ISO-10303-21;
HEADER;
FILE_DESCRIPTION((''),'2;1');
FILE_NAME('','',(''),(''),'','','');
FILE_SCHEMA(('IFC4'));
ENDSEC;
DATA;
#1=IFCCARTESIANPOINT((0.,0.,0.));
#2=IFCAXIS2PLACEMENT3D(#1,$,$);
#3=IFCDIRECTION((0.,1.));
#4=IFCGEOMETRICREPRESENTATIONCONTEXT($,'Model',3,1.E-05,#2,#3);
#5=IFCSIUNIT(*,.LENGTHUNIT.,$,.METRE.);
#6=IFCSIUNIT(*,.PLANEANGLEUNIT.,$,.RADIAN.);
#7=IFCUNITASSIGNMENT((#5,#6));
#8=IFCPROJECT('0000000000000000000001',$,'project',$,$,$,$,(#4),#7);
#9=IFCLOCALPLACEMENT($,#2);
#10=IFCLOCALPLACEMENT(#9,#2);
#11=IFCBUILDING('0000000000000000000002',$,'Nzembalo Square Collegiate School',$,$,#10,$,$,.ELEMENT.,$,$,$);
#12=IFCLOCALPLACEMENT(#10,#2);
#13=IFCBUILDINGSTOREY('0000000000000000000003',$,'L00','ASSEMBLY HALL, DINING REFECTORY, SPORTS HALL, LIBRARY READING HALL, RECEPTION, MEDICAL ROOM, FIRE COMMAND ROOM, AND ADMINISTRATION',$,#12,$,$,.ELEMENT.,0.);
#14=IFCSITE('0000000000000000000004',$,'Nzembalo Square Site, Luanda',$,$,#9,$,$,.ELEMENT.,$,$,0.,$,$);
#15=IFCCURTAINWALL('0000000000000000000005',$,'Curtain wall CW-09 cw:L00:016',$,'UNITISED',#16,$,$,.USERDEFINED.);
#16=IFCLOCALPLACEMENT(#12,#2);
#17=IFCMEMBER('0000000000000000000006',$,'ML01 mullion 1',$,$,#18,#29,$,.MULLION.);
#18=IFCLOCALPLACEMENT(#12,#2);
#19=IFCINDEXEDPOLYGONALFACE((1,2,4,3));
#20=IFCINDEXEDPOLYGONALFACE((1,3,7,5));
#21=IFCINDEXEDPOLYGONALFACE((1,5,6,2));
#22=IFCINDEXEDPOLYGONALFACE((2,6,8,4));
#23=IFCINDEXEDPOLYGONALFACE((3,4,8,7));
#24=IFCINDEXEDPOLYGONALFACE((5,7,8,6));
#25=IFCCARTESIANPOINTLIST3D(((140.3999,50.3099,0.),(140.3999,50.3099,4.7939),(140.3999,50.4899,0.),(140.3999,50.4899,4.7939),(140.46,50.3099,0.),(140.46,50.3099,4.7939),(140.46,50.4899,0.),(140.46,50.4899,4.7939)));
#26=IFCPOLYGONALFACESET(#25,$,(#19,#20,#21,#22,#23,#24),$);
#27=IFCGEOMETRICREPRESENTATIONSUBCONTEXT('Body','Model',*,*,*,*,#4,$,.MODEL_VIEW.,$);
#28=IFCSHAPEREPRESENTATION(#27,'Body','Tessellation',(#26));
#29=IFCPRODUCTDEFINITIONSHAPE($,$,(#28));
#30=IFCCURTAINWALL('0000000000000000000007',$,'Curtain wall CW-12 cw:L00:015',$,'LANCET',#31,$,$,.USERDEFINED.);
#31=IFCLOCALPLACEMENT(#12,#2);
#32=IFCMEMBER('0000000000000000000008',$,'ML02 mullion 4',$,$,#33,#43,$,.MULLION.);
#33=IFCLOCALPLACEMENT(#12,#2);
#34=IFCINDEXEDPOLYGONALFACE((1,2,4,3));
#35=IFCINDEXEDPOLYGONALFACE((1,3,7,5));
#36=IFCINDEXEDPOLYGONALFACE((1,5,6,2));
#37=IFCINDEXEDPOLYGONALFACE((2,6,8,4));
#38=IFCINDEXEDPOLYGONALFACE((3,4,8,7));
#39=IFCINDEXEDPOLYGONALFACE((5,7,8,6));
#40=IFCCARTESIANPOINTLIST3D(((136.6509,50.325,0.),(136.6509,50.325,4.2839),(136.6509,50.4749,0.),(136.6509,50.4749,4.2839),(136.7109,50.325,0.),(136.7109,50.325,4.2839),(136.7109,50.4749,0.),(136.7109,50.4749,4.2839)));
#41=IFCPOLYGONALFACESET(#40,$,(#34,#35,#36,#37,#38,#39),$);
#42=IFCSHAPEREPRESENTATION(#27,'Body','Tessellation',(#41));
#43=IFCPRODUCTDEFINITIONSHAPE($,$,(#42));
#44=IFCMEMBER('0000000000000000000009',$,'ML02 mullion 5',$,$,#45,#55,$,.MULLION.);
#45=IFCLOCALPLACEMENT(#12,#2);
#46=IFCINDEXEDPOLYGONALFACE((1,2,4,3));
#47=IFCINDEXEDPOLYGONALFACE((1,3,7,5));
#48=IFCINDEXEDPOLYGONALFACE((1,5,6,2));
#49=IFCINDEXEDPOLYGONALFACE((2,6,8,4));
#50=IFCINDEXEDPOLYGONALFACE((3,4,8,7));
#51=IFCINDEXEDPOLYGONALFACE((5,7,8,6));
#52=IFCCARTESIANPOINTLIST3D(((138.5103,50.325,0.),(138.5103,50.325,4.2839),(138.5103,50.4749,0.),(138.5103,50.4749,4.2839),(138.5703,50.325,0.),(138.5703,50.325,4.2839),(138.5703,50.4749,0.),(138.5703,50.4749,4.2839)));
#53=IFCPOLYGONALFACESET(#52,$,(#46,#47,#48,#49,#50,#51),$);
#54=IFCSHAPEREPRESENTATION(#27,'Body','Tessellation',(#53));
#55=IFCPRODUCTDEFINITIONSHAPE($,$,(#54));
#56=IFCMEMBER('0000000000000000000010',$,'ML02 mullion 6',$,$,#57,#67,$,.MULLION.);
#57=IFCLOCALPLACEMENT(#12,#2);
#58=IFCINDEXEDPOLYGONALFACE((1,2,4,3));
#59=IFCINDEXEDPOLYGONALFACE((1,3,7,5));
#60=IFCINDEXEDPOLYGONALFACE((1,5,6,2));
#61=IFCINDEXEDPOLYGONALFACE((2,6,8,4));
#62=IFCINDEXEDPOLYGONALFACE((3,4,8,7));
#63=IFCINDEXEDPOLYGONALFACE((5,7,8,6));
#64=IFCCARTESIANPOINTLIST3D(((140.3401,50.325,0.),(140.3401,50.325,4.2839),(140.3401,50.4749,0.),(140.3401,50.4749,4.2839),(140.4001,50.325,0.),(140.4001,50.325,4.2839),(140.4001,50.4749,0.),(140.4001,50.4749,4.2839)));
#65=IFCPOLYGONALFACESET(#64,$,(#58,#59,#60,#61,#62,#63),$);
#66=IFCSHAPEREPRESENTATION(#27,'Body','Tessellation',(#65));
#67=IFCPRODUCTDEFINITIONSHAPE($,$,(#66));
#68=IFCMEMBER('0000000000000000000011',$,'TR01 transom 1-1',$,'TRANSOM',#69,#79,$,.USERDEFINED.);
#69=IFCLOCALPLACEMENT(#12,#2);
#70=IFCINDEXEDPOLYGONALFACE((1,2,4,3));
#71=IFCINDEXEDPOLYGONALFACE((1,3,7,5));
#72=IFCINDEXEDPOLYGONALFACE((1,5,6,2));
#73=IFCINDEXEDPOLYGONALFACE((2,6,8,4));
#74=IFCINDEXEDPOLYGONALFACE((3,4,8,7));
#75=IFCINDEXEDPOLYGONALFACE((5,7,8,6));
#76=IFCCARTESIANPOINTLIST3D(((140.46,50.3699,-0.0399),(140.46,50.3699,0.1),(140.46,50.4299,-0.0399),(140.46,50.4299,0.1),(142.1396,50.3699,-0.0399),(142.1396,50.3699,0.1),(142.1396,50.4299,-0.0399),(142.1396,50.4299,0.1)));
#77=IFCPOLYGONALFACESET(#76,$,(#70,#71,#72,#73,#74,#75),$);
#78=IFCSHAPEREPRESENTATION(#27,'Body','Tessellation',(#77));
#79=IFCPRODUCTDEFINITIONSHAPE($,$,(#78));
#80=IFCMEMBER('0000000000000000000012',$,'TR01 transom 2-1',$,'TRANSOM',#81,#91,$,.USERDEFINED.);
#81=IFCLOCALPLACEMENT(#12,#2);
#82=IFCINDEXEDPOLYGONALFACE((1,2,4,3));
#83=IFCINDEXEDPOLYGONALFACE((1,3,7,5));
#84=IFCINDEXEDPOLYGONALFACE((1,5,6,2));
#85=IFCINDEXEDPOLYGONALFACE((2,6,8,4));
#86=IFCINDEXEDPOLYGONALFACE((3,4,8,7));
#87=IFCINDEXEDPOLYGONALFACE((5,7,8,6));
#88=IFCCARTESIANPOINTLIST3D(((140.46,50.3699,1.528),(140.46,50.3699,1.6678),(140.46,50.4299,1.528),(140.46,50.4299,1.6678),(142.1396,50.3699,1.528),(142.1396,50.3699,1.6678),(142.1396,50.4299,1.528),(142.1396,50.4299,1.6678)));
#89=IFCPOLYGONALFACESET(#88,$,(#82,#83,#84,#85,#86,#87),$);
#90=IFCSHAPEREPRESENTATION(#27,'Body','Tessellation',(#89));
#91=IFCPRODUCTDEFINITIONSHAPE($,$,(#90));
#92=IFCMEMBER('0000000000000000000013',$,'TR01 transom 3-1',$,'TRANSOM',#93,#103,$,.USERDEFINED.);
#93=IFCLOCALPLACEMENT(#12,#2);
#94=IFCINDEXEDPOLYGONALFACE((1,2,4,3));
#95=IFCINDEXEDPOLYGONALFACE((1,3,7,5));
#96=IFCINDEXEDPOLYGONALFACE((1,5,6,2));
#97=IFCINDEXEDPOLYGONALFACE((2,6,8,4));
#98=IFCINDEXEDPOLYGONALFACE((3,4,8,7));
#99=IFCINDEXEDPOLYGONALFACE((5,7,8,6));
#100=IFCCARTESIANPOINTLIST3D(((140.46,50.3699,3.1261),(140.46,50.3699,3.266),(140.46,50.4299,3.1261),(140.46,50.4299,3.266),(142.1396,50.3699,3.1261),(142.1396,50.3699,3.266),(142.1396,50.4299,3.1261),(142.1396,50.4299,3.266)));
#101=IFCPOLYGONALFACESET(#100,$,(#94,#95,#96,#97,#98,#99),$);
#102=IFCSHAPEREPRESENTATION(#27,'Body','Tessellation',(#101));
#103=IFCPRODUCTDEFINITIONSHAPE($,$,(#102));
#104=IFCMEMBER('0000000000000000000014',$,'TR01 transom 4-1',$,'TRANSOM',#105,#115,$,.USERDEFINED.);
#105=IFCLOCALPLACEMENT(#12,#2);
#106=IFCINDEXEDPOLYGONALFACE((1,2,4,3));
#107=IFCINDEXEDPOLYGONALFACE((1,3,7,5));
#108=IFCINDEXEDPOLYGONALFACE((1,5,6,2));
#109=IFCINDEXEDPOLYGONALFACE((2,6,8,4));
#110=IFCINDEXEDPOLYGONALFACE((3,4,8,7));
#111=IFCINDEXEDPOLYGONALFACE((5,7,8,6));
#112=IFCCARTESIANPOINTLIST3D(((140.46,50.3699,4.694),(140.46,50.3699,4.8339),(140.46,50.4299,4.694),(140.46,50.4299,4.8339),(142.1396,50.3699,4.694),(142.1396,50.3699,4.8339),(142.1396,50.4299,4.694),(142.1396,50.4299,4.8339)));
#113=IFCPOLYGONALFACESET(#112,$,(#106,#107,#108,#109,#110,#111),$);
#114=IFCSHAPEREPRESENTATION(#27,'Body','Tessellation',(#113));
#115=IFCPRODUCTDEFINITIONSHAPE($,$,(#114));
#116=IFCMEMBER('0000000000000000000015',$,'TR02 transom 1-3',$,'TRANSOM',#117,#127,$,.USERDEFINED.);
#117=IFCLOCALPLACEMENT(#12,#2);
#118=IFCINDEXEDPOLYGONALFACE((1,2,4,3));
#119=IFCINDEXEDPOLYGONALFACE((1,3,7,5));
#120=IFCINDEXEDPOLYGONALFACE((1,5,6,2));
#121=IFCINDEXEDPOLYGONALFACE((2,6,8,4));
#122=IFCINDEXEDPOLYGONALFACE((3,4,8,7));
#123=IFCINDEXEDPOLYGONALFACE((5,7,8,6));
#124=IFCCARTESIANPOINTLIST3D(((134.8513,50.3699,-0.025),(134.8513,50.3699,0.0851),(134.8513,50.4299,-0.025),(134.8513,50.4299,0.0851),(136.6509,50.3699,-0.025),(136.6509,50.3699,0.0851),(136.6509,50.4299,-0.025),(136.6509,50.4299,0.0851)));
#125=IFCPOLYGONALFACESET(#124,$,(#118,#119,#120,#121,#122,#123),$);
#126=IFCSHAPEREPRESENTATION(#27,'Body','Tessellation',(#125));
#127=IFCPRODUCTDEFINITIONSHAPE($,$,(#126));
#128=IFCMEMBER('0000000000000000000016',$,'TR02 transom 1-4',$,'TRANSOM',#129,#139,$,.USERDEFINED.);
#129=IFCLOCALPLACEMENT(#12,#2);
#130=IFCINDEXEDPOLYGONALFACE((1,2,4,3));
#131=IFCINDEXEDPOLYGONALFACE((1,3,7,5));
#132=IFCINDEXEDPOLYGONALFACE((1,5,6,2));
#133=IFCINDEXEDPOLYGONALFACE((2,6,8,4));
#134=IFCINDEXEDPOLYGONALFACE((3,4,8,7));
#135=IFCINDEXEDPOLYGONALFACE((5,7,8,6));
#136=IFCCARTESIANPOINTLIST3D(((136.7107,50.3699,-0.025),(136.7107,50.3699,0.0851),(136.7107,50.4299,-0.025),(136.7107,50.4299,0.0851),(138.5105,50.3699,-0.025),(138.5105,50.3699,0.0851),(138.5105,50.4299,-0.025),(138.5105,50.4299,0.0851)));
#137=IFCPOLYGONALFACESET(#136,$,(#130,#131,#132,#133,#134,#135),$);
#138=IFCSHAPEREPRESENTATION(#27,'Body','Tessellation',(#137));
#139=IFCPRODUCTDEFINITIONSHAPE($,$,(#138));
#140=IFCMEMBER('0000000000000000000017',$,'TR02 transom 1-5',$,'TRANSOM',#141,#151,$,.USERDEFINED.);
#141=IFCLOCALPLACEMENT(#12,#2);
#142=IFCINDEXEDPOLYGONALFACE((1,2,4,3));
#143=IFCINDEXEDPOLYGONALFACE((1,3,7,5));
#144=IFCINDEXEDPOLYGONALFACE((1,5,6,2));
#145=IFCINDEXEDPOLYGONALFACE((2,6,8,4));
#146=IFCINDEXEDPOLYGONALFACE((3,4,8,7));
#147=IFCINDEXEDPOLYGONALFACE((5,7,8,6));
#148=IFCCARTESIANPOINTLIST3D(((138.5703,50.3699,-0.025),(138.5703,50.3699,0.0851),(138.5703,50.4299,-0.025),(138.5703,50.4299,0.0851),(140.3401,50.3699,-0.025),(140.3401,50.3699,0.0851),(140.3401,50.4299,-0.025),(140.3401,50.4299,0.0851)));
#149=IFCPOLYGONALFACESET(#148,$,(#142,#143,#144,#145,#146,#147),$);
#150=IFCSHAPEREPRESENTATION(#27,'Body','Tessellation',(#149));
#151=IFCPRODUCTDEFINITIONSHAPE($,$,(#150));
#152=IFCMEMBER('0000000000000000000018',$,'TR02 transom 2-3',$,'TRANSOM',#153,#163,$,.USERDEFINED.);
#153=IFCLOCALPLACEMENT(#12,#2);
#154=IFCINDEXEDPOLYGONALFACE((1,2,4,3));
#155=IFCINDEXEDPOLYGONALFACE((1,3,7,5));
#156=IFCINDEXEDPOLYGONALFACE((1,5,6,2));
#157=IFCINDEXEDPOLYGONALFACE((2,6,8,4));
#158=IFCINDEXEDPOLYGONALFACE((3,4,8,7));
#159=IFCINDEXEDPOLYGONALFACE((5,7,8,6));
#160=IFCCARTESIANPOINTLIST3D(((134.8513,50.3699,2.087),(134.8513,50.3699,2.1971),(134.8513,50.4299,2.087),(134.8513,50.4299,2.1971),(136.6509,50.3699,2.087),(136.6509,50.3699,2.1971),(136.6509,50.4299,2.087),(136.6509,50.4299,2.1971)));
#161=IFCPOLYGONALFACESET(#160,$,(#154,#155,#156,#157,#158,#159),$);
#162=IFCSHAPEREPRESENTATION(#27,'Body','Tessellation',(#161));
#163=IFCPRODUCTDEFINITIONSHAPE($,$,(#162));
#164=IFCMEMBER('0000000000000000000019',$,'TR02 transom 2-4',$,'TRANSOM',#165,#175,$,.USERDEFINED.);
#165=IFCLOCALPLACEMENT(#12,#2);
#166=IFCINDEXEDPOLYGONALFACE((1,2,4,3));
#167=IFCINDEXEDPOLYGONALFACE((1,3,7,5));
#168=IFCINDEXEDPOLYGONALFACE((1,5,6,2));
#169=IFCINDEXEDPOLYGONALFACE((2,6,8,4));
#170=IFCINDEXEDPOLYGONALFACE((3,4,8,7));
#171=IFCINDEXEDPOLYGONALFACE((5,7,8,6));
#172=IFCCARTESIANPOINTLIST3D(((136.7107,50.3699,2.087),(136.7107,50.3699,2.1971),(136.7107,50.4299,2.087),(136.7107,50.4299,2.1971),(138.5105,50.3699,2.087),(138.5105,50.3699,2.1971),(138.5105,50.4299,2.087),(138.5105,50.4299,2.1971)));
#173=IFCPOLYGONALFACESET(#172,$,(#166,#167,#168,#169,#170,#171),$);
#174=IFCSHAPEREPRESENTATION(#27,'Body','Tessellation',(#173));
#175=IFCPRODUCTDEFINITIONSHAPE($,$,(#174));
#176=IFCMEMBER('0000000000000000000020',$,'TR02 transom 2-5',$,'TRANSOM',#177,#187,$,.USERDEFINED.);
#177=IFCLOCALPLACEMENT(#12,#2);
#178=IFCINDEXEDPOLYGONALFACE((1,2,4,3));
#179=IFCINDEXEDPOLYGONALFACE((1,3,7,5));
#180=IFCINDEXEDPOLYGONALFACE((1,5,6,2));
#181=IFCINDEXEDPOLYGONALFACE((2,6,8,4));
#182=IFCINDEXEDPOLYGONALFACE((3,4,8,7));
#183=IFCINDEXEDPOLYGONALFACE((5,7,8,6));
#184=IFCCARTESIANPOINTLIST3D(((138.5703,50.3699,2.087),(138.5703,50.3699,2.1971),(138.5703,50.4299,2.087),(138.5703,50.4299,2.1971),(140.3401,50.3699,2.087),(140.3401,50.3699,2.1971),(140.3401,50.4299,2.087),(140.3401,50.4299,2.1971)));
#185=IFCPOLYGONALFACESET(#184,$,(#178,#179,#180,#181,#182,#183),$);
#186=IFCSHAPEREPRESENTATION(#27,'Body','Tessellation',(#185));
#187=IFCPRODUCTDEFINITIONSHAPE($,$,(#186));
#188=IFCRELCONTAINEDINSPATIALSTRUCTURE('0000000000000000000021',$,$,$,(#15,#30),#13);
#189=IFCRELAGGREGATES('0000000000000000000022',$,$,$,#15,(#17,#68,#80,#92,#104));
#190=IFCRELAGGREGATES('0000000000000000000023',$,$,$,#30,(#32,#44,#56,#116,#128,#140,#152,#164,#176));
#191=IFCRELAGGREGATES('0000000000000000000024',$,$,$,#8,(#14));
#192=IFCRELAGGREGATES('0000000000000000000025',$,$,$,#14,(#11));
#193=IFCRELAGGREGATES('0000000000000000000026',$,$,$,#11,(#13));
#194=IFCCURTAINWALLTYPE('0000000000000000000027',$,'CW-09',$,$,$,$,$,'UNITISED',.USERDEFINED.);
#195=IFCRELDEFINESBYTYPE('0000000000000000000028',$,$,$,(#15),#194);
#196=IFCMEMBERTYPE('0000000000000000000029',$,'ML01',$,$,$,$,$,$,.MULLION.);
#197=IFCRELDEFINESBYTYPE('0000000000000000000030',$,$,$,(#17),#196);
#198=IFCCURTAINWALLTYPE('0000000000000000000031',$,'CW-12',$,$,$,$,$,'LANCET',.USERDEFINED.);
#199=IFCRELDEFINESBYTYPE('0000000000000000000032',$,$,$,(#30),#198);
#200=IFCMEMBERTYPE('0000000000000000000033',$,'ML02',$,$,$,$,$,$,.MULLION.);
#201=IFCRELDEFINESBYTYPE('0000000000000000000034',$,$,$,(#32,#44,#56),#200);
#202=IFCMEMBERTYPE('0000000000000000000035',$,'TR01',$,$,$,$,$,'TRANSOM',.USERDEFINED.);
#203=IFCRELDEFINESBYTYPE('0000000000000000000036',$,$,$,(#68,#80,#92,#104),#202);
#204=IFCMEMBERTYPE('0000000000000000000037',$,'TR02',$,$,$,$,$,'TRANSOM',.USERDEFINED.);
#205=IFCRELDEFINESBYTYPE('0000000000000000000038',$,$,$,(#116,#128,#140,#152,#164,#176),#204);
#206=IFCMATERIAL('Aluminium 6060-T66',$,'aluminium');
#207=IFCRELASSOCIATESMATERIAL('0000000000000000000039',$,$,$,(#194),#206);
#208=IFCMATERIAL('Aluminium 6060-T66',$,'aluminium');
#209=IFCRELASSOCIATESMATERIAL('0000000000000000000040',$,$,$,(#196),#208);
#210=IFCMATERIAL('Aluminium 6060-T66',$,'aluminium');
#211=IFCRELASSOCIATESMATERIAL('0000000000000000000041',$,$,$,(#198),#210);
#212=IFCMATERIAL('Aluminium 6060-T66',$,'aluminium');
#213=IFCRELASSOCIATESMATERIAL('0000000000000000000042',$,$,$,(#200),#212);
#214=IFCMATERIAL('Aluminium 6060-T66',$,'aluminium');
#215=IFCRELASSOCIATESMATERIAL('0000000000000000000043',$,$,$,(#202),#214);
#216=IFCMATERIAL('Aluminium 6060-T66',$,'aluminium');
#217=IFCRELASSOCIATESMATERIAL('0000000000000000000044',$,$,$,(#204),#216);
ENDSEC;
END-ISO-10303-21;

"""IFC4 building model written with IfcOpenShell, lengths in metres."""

from ifc_helpers import new_model, si_unit, direction, frame, origin, origin_2d, place, context, subcontext, project, spatial, rectangle, extrude, material, material_profile, profile_set, type_object, element, aggregate, save


model = new_model("IFC4")

# Units and contexts
model_context = context("Model", 3, precision=1e-05, world=origin(), true_north=direction((0.0, 1.0)))
body_context = subcontext(model_context, "Body", "Model", "MODEL_VIEW")
ifc_project = project(units=[si_unit("LENGTHUNIT", "METRE"), si_unit("PLANEANGLEUNIT", "RADIAN")], contexts=[model_context])

# Site, building, storey
site_placement = place(None, origin())
site = spatial("IfcSite", under=ifc_project, at=site_placement, Name="Nzembalo Square Site, Luanda", CompositionType="ELEMENT", RefElevation=0.0)
building_placement = place(site_placement, origin())
building = spatial("IfcBuilding", under=site, at=building_placement, Name="Nzembalo Square Collegiate School", CompositionType="ELEMENT")
storey_placement = place(building_placement, origin())
storey = spatial("IfcBuildingStorey", under=building, at=storey_placement, Name="L00", Description="ASSEMBLY HALL, DINING REFECTORY, SPORTS HALL, LIBRARY READING HALL, RECEPTION, MEDICAL ROOM, FIRE COMMAND ROOM, AND ADMINISTRATION", CompositionType="ELEMENT", Elevation=0.0)

# Curtain wall, member
ifc_material_1 = material(Name="Aluminium 6060-T66", Category="aluminium")
curtain_wall_type_1 = type_object("IfcCurtainWallType", Name="CW-09", ElementType="UNITISED", PredefinedType="USERDEFINED", material=ifc_material_1)
curtain_wall_1_placement = place(storey_placement, origin())
curtain_wall_1 = element("IfcCurtainWall", 1, at=curtain_wall_1_placement, inside=storey, type_object=curtain_wall_type_1, Name="Curtain wall CW-09 cw:L00:016", ObjectType="UNITISED", PredefinedType="USERDEFINED")
ifc_material_2 = material(Name="Aluminium 6060-T66", Category="aluminium")
ifc_material_profile_1 = material_profile(ifc_material_2, rectangle(XDim=0.0601, YDim=0.1799, at=origin_2d()), Name="ALU M60x180")
ifc_profile_set_1 = profile_set([ifc_material_profile_1], Name="Aluminium 6060-T66")
member_type_1 = type_object("IfcMemberType", Name="ML01", PredefinedType="MULLION", material=ifc_profile_set_1)
member_1_placement = place(storey_placement, frame((140.4299, 50.3999, 0.0), z_axis=(0.0, 0.0, 1.0), x_axis=(1.0, 0.0, 0.0)))
member_1 = element("IfcMember", 2, at=member_1_placement, type_object=member_type_1, Name="ML01 mullion 1", PredefinedType="MULLION", context=body_context, shape_type="SweptSolid", body=[
    extrude(rectangle(XDim=0.0601, YDim=0.1799, at=origin_2d()), origin(), (0.0, 0.0, 1.0), 4.7939),
])

# Curtain wall, members
ifc_material_3 = material(Name="Aluminium 6060-T66", Category="aluminium")
curtain_wall_type_2 = type_object("IfcCurtainWallType", Name="CW-12", ElementType="LANCET", PredefinedType="USERDEFINED", material=ifc_material_3)
curtain_wall_2_placement = place(storey_placement, origin())
curtain_wall_2 = element("IfcCurtainWall", 3, at=curtain_wall_2_placement, inside=storey, type_object=curtain_wall_type_2, Name="Curtain wall CW-12 cw:L00:015", ObjectType="LANCET", PredefinedType="USERDEFINED")
ifc_material_4 = material(Name="Aluminium 6060-T66", Category="aluminium")
ifc_material_profile_2 = material_profile(ifc_material_4, rectangle(XDim=0.0601, YDim=0.1499, at=origin_2d()), Name="ALU M60x150")
ifc_profile_set_2 = profile_set([ifc_material_profile_2], Name="Aluminium 6060-T66")
member_type_2 = type_object("IfcMemberType", Name="ML02", PredefinedType="MULLION", material=ifc_profile_set_2)
member_2_placement = place(storey_placement, frame((136.6809, 50.3999, 0.0), z_axis=(0.0, 0.0, 1.0), x_axis=(1.0, 0.0, 0.0)))
member_2 = element("IfcMember", 4, at=member_2_placement, type_object=member_type_2, Name="ML02 mullion 4", PredefinedType="MULLION", context=body_context, shape_type="SweptSolid", body=[
    extrude(rectangle(XDim=0.0601, YDim=0.1499, at=origin_2d()), origin(), (0.0, 0.0, 1.0), 4.2839),
])
member_3_placement = place(storey_placement, frame((138.5403, 50.3999, 0.0), z_axis=(0.0, 0.0, 1.0), x_axis=(1.0, 0.0, 0.0)))
member_3 = element("IfcMember", 5, at=member_3_placement, type_object=member_type_2, Name="ML02 mullion 5", PredefinedType="MULLION", context=body_context, shape_type="SweptSolid", body=[
    extrude(rectangle(XDim=0.0601, YDim=0.1499, at=origin_2d()), origin(), (0.0, 0.0, 1.0), 4.2839),
])
member_4_placement = place(storey_placement, frame((140.3701, 50.3999, 0.0), z_axis=(0.0, 0.0, 1.0), x_axis=(1.0, 0.0, 0.0)))
member_4 = element("IfcMember", 6, at=member_4_placement, type_object=member_type_2, Name="ML02 mullion 6", PredefinedType="MULLION", context=body_context, shape_type="SweptSolid", body=[
    extrude(rectangle(XDim=0.0601, YDim=0.1499, at=origin_2d()), origin(), (0.0, 0.0, 1.0), 4.2839),
])

# Members
ifc_material_5 = material(Name="Aluminium 6060-T66", Category="aluminium")
ifc_material_profile_3 = material_profile(ifc_material_5, rectangle(XDim=0.0601, YDim=0.1399, at=origin_2d()), Name="ALU T60x140")
ifc_profile_set_3 = profile_set([ifc_material_profile_3], Name="Aluminium 6060-T66")
member_type_3 = type_object("IfcMemberType", Name="TR01", ElementType="TRANSOM", PredefinedType="USERDEFINED", material=ifc_profile_set_3)
member_5_placement = place(storey_placement, frame((140.46, 50.3999, 0.03), z_axis=(1.0, 0.0, 0.0), x_axis=(0.0, 1.0, 0.0)))
member_5 = element("IfcMember", 7, at=member_5_placement, type_object=member_type_3, Name="TR01 transom 1-1", ObjectType="TRANSOM", PredefinedType="USERDEFINED", context=body_context, shape_type="SweptSolid", body=[
    extrude(rectangle(XDim=0.0601, YDim=0.1399, at=origin_2d()), origin(), (0.0, 0.0, 1.0), 1.6797),
])
member_6_placement = place(storey_placement, frame((140.46, 50.3999, 1.5979), z_axis=(1.0, 0.0, 0.0), x_axis=(0.0, 1.0, 0.0)))
member_6 = element("IfcMember", 8, at=member_6_placement, type_object=member_type_3, Name="TR01 transom 2-1", ObjectType="TRANSOM", PredefinedType="USERDEFINED", context=body_context, shape_type="SweptSolid", body=[
    extrude(rectangle(XDim=0.0601, YDim=0.1399, at=origin_2d()), origin(), (0.0, 0.0, 1.0), 1.6797),
])
member_7_placement = place(storey_placement, frame((140.46, 50.3999, 3.196), z_axis=(1.0, 0.0, 0.0), x_axis=(0.0, 1.0, 0.0)))
member_7 = element("IfcMember", 9, at=member_7_placement, type_object=member_type_3, Name="TR01 transom 3-1", ObjectType="TRANSOM", PredefinedType="USERDEFINED", context=body_context, shape_type="SweptSolid", body=[
    extrude(rectangle(XDim=0.0601, YDim=0.1399, at=origin_2d()), origin(), (0.0, 0.0, 1.0), 1.6797),
])
member_8_placement = place(storey_placement, frame((140.46, 50.3999, 4.7639), z_axis=(1.0, 0.0, 0.0), x_axis=(0.0, 1.0, 0.0)))
member_8 = element("IfcMember", 10, at=member_8_placement, type_object=member_type_3, Name="TR01 transom 4-1", ObjectType="TRANSOM", PredefinedType="USERDEFINED", context=body_context, shape_type="SweptSolid", body=[
    extrude(rectangle(XDim=0.0601, YDim=0.1399, at=origin_2d()), origin(), (0.0, 0.0, 1.0), 1.6797),
])
aggregate(curtain_wall_1, [member_1, member_5, member_6, member_7, member_8])
ifc_material_6 = material(Name="Aluminium 6060-T66", Category="aluminium")
ifc_material_profile_4 = material_profile(ifc_material_6, rectangle(XDim=0.0601, YDim=0.1101, at=origin_2d()), Name="ALU T60x110")
ifc_profile_set_4 = profile_set([ifc_material_profile_4], Name="Aluminium 6060-T66")
member_type_4 = type_object("IfcMemberType", Name="TR02", ElementType="TRANSOM", PredefinedType="USERDEFINED", material=ifc_profile_set_4)
member_9_placement = place(storey_placement, frame((134.8513, 50.3999, 0.03), z_axis=(1.0, 0.0, 0.0), x_axis=(0.0, 1.0, 0.0)))
member_9 = element("IfcMember", 11, at=member_9_placement, type_object=member_type_4, Name="TR02 transom 1-3", ObjectType="TRANSOM", PredefinedType="USERDEFINED", context=body_context, shape_type="SweptSolid", body=[
    extrude(rectangle(XDim=0.0601, YDim=0.1101, at=origin_2d()), origin(), (0.0, 0.0, 1.0), 1.7996),
])
member_10_placement = place(storey_placement, frame((136.7107, 50.3999, 0.03), z_axis=(1.0, 0.0, 0.0), x_axis=(0.0, 1.0, 0.0)))
member_10 = element("IfcMember", 12, at=member_10_placement, type_object=member_type_4, Name="TR02 transom 1-4", ObjectType="TRANSOM", PredefinedType="USERDEFINED", context=body_context, shape_type="SweptSolid", body=[
    extrude(rectangle(XDim=0.0601, YDim=0.1101, at=origin_2d()), origin(), (0.0, 0.0, 1.0), 1.7998),
])
member_11_placement = place(storey_placement, frame((138.5703, 50.3999, 0.03), z_axis=(1.0, 0.0, 0.0), x_axis=(0.0, 1.0, 0.0)))
member_11 = element("IfcMember", 13, at=member_11_placement, type_object=member_type_4, Name="TR02 transom 1-5", ObjectType="TRANSOM", PredefinedType="USERDEFINED", context=body_context, shape_type="SweptSolid", body=[
    extrude(rectangle(XDim=0.0601, YDim=0.1101, at=origin_2d()), origin(), (0.0, 0.0, 1.0), 1.7698),
])
member_12_placement = place(storey_placement, frame((134.8513, 50.3999, 2.1421), z_axis=(1.0, 0.0, 0.0), x_axis=(0.0, 1.0, 0.0)))
member_12 = element("IfcMember", 14, at=member_12_placement, type_object=member_type_4, Name="TR02 transom 2-3", ObjectType="TRANSOM", PredefinedType="USERDEFINED", context=body_context, shape_type="SweptSolid", body=[
    extrude(rectangle(XDim=0.0601, YDim=0.1101, at=origin_2d()), origin(), (0.0, 0.0, 1.0), 1.7996),
])
member_13_placement = place(storey_placement, frame((136.7107, 50.3999, 2.1421), z_axis=(1.0, 0.0, 0.0), x_axis=(0.0, 1.0, 0.0)))
member_13 = element("IfcMember", 15, at=member_13_placement, type_object=member_type_4, Name="TR02 transom 2-4", ObjectType="TRANSOM", PredefinedType="USERDEFINED", context=body_context, shape_type="SweptSolid", body=[
    extrude(rectangle(XDim=0.0601, YDim=0.1101, at=origin_2d()), origin(), (0.0, 0.0, 1.0), 1.7998),
])
member_14_placement = place(storey_placement, frame((138.5703, 50.3999, 2.1421), z_axis=(1.0, 0.0, 0.0), x_axis=(0.0, 1.0, 0.0)))
member_14 = element("IfcMember", 16, at=member_14_placement, type_object=member_type_4, Name="TR02 transom 2-5", ObjectType="TRANSOM", PredefinedType="USERDEFINED", context=body_context, shape_type="SweptSolid", body=[
    extrude(rectangle(XDim=0.0601, YDim=0.1101, at=origin_2d()), origin(), (0.0, 0.0, 1.0), 1.7698),
])

aggregate(curtain_wall_2, [member_2, member_3, member_4, member_9, member_10, member_11, member_12, member_13, member_14])

save(model, "model.ifc")
